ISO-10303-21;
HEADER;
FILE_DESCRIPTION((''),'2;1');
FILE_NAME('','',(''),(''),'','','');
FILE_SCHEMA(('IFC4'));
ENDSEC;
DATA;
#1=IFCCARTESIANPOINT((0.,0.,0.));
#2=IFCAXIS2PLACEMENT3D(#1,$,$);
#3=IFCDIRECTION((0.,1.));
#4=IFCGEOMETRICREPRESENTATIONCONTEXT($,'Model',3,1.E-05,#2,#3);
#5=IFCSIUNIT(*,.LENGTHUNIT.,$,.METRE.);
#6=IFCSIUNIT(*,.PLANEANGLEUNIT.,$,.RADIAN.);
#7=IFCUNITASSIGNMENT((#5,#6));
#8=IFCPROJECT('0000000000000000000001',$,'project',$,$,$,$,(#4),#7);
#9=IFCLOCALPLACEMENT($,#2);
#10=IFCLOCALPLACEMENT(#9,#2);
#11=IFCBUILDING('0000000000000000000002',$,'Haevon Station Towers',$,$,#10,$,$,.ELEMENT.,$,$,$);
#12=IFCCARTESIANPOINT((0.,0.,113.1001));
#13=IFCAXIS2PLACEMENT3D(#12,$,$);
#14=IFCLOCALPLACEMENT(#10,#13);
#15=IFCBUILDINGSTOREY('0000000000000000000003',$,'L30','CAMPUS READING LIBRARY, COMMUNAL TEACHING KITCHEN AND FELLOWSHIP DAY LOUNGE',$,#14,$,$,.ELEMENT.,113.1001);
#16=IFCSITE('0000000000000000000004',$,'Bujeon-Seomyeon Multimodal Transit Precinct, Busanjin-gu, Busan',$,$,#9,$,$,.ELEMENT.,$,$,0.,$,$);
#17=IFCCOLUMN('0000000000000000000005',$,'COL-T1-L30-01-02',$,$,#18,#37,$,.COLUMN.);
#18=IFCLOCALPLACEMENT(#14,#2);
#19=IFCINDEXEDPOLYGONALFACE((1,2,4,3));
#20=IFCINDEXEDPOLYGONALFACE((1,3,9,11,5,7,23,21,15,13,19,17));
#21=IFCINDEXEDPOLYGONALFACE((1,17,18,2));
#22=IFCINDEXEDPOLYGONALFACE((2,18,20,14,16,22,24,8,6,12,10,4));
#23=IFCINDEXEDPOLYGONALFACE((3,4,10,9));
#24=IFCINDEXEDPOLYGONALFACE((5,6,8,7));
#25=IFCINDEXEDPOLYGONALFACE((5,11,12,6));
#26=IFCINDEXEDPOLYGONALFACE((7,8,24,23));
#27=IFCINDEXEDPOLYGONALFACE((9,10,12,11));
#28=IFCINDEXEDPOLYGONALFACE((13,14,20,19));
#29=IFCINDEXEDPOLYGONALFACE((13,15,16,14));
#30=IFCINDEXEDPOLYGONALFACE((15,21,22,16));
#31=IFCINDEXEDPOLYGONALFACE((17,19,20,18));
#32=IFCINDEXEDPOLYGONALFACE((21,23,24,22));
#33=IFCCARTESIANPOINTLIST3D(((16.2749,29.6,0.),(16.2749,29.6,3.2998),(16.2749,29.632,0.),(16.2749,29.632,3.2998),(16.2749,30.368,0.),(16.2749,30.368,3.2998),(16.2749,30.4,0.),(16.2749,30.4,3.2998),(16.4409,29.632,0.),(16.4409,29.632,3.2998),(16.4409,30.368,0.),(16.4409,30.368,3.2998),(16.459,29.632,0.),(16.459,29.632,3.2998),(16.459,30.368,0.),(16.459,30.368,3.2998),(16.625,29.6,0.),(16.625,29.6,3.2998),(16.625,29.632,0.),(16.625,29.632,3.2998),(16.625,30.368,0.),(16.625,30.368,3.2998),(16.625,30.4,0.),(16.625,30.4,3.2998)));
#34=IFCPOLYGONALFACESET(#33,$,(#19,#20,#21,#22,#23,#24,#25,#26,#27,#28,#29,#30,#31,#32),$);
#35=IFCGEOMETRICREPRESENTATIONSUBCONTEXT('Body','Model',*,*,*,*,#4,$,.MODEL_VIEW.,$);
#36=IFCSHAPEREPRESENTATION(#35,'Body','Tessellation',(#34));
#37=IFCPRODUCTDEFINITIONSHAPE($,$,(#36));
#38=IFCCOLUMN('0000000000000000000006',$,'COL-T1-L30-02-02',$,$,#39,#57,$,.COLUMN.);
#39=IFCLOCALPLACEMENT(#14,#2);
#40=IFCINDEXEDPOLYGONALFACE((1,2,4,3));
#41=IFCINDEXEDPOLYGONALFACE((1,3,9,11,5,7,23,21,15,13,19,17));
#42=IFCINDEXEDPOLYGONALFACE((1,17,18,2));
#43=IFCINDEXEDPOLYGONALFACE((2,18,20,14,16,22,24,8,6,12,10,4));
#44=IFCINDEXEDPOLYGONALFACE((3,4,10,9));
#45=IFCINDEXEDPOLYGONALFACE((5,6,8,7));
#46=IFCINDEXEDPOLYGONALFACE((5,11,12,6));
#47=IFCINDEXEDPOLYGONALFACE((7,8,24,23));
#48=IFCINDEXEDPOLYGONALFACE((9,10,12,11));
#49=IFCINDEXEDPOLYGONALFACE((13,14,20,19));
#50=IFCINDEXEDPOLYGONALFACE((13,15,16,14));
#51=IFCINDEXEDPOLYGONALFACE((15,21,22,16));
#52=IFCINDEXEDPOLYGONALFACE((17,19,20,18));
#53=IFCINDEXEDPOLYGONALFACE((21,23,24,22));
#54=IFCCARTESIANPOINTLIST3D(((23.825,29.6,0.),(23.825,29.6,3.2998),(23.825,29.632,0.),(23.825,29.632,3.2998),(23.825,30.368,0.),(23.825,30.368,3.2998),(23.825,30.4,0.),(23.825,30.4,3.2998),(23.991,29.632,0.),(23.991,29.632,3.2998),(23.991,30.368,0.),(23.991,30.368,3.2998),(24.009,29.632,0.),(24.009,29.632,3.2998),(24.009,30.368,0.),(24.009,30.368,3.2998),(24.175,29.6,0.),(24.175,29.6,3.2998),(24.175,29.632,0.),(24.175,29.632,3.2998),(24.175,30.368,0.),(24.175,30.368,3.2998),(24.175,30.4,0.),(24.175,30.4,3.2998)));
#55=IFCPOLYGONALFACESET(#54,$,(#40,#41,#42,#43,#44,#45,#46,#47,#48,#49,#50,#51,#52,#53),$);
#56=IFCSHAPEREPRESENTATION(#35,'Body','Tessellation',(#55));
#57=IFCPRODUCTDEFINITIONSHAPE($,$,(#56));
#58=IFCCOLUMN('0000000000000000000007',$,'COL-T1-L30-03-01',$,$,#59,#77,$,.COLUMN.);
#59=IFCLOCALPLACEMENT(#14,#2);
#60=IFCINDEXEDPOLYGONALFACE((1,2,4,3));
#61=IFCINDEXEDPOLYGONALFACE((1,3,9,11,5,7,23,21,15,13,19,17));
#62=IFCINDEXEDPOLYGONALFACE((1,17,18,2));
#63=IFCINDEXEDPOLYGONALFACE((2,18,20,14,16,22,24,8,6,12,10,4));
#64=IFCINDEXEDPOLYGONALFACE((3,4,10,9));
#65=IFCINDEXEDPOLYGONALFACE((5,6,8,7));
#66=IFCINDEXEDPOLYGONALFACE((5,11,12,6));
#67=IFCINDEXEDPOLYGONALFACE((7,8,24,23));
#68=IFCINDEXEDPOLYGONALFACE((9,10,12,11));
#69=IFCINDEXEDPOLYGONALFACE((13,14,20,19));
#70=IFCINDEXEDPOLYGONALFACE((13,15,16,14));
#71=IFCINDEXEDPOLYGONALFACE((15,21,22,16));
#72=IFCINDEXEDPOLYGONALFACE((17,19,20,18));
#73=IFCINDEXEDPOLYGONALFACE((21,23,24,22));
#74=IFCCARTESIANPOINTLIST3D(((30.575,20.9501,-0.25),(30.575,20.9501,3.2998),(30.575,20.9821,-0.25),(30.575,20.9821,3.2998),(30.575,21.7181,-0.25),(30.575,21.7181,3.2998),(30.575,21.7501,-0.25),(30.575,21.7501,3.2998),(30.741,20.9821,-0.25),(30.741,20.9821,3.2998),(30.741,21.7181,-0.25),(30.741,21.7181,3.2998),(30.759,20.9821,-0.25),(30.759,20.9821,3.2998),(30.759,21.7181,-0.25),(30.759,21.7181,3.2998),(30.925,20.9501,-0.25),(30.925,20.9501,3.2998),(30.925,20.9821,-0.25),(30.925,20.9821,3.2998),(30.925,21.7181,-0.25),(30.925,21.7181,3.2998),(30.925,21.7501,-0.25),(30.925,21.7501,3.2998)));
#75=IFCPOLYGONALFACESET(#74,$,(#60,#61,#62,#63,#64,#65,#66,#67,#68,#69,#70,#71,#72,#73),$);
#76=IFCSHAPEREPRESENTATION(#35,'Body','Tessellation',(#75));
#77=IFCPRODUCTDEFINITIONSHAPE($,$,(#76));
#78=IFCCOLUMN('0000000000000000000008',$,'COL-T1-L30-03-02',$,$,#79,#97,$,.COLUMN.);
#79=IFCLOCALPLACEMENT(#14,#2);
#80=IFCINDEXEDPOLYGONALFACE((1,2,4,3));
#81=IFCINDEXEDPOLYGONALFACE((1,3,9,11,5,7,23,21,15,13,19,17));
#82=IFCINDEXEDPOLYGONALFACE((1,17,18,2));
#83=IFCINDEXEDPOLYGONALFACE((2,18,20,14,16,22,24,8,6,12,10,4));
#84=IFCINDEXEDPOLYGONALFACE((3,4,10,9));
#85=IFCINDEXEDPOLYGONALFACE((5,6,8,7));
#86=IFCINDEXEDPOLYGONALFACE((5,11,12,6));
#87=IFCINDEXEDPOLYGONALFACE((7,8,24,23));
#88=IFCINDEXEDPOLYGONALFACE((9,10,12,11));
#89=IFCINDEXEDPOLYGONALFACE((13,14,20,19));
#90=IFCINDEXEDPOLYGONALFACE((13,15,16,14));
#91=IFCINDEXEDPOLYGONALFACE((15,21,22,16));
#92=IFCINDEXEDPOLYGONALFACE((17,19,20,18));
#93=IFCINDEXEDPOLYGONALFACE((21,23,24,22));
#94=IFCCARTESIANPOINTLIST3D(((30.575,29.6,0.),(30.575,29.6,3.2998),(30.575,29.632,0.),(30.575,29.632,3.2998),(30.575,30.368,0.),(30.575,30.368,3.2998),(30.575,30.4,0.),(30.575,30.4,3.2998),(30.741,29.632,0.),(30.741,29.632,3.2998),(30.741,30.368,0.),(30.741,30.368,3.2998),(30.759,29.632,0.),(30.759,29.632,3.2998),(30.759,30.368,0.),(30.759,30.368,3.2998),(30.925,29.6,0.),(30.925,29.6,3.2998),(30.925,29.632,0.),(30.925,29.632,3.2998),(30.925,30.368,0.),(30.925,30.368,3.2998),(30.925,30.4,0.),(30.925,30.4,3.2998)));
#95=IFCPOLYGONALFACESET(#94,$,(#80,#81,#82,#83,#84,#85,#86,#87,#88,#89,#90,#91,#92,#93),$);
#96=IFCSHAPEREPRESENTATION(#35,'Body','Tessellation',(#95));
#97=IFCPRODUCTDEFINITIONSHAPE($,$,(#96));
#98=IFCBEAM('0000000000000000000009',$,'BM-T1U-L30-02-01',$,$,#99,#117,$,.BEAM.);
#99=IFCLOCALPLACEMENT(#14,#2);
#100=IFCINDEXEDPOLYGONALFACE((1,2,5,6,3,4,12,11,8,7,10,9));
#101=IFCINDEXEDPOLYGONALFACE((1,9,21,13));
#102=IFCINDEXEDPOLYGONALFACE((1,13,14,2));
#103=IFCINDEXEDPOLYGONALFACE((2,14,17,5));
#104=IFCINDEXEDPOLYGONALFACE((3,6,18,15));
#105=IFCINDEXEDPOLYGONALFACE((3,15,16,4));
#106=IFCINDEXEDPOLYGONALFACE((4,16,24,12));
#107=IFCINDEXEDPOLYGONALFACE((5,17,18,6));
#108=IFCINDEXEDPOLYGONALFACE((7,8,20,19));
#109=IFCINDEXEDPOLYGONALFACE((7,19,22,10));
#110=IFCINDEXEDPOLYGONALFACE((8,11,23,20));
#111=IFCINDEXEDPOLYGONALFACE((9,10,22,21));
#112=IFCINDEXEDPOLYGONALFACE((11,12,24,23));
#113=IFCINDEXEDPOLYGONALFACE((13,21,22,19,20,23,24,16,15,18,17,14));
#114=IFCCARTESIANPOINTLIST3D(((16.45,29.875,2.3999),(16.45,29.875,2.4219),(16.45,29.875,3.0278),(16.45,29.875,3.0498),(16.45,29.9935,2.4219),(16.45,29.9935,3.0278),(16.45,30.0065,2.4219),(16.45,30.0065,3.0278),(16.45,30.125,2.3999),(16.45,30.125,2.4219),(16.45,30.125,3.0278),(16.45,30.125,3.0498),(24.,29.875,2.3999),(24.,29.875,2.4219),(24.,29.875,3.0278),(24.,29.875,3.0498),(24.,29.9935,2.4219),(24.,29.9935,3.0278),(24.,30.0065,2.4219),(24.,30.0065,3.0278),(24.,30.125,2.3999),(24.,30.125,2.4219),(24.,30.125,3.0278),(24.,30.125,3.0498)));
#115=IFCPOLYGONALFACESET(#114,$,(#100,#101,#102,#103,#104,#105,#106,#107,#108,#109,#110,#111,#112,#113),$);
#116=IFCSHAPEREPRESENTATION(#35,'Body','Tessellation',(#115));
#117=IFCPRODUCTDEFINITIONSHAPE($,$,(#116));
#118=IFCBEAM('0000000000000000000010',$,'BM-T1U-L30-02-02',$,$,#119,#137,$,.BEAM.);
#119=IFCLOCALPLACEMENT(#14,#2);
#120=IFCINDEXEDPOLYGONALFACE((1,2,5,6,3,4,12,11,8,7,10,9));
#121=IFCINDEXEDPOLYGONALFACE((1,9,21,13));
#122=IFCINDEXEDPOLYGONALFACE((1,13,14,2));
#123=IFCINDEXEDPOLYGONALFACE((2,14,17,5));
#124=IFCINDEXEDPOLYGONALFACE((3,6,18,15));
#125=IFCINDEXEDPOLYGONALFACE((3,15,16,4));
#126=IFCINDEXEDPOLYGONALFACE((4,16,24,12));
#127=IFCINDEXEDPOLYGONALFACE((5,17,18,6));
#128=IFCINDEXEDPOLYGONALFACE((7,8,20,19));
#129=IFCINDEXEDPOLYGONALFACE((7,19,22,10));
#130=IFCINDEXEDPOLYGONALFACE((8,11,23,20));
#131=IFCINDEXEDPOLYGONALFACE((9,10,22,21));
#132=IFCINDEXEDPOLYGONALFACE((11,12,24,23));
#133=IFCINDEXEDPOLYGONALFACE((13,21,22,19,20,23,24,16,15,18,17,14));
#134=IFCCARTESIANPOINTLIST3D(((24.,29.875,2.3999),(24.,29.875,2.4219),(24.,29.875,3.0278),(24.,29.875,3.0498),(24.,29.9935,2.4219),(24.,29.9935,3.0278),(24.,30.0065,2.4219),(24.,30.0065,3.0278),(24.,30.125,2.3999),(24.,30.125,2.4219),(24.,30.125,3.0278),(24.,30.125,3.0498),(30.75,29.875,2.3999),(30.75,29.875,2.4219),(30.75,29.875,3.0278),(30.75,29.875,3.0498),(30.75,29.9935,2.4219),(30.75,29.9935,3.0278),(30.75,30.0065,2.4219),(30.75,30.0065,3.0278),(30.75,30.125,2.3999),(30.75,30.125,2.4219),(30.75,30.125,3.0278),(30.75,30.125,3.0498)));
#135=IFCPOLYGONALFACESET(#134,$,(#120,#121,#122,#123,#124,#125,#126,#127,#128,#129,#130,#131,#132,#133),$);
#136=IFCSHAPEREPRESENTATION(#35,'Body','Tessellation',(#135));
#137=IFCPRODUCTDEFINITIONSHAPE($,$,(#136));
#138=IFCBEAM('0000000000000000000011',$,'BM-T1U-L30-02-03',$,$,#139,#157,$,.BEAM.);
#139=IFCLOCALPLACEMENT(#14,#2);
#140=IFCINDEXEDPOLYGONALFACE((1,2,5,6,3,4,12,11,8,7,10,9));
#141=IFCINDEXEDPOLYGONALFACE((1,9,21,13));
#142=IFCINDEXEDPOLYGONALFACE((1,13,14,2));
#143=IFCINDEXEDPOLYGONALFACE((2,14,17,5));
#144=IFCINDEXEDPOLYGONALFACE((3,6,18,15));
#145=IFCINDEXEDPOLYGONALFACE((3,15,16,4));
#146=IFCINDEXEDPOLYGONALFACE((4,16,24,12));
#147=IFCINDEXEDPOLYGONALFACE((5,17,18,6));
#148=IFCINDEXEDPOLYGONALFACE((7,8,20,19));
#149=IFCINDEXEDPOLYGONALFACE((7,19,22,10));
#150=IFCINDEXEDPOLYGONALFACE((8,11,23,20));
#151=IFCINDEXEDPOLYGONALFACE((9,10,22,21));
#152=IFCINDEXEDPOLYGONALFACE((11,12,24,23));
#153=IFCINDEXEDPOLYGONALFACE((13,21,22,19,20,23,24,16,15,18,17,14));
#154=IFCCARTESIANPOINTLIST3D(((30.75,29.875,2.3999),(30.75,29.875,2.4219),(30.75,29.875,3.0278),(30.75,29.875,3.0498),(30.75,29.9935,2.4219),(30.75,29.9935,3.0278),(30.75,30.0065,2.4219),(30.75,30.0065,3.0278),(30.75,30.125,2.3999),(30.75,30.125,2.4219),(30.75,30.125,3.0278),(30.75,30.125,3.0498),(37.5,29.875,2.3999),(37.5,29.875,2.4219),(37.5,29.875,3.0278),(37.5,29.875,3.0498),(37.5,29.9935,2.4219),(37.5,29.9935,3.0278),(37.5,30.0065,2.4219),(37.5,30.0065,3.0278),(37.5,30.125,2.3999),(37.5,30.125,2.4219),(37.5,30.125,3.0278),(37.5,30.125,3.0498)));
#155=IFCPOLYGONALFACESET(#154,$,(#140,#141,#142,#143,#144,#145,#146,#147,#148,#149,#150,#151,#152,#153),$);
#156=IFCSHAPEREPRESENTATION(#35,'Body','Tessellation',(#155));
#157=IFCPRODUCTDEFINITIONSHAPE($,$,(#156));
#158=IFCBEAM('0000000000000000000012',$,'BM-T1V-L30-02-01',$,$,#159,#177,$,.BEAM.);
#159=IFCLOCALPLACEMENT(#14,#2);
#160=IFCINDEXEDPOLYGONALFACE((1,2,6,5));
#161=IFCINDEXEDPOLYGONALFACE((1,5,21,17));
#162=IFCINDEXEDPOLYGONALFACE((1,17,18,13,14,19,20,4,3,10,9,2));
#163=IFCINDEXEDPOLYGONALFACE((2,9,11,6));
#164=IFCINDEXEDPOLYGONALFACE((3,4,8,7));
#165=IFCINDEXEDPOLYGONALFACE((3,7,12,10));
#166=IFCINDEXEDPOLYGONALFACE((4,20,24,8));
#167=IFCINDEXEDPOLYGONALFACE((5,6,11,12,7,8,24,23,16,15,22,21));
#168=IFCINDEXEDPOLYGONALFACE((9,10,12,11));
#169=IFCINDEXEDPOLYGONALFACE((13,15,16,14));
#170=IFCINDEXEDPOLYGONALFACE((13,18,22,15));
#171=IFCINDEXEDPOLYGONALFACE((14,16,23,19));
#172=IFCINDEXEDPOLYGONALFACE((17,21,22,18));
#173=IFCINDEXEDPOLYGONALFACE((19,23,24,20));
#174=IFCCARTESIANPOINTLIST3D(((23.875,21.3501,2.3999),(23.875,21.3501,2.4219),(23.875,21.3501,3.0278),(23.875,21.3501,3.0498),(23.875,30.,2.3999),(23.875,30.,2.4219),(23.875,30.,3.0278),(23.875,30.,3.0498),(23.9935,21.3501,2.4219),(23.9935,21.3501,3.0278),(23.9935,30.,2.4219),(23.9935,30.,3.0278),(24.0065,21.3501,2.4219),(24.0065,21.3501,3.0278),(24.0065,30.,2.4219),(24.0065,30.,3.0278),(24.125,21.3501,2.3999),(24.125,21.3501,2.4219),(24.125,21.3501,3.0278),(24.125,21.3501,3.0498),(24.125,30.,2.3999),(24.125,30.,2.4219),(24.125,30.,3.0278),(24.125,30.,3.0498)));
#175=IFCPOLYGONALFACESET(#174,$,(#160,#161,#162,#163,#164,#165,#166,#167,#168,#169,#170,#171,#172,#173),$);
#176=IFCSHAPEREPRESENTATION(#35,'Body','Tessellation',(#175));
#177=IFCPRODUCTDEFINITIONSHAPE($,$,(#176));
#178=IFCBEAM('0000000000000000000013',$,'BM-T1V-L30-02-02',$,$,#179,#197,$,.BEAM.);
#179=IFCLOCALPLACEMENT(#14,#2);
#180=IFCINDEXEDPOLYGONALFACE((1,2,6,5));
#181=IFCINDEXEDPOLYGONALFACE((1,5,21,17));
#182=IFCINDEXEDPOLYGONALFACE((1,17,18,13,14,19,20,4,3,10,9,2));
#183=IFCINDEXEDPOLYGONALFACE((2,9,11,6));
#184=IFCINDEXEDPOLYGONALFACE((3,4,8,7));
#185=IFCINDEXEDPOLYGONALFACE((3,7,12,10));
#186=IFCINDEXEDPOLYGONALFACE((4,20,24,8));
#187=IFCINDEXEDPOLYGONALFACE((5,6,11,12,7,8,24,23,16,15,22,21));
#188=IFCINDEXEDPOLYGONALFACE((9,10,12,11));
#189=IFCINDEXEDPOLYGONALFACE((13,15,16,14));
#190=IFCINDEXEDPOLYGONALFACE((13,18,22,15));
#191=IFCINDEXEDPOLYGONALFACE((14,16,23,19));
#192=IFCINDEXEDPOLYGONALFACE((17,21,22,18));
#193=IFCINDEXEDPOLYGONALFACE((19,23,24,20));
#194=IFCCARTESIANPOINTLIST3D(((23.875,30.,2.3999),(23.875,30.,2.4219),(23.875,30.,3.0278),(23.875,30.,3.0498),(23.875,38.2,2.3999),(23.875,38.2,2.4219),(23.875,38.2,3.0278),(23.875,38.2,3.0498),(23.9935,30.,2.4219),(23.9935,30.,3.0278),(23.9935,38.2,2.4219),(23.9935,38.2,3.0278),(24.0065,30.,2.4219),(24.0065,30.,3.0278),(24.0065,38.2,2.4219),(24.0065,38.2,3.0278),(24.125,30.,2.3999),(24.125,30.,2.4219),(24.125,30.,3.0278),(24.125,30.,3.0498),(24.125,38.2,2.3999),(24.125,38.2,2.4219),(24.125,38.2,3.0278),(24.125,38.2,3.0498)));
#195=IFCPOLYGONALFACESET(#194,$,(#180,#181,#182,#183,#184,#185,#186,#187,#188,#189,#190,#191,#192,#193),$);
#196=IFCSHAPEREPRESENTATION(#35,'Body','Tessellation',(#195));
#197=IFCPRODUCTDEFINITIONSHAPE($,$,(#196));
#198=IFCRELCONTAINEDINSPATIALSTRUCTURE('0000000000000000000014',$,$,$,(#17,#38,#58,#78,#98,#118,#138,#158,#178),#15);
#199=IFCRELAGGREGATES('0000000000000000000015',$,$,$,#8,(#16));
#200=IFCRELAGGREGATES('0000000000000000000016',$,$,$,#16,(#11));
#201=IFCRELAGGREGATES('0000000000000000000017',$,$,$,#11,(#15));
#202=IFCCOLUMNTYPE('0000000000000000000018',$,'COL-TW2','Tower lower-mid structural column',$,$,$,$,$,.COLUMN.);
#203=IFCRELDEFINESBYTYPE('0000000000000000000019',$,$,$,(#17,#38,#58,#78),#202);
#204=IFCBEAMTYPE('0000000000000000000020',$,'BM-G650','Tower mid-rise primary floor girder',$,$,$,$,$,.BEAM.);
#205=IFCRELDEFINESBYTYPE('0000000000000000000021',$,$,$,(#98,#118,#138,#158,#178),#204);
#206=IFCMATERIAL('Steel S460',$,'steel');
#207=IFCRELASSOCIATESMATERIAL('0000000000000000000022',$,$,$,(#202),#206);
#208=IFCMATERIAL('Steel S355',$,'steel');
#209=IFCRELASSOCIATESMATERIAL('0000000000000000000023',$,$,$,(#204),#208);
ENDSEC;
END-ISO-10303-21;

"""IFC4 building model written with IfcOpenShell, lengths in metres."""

from ifc_helpers import new_model, si_unit, direction, frame, origin, origin_2d, place, context, subcontext, project, spatial, i_section, extrude, material, material_profile, profile_set, type_object, element, save


model = new_model("IFC4")

# Units and contexts
model_context = context("Model", 3, precision=1e-05, world=origin(), true_north=direction((0.0, 1.0)))
body_context = subcontext(model_context, "Body", "Model", "MODEL_VIEW")
ifc_project = project(units=[si_unit("LENGTHUNIT", "METRE"), si_unit("PLANEANGLEUNIT", "RADIAN")], contexts=[model_context])

# Site, building, storey
site_placement = place(None, origin())
site = spatial("IfcSite", under=ifc_project, at=site_placement, Name="Bujeon-Seomyeon Multimodal Transit Precinct, Busanjin-gu, Busan", CompositionType="ELEMENT", RefElevation=0.0)
building_placement = place(site_placement, origin())
building = spatial("IfcBuilding", under=site, at=building_placement, Name="Haevon Station Towers", CompositionType="ELEMENT")
storey_placement = place(building_placement, frame((0.0, 0.0, 113.1001)))
storey = spatial("IfcBuildingStorey", under=building, at=storey_placement, Name="L30", Description="CAMPUS READING LIBRARY, COMMUNAL TEACHING KITCHEN AND FELLOWSHIP DAY LOUNGE", CompositionType="ELEMENT", Elevation=113.1001)

# Columns
ifc_material_1 = material(Name="Steel S460", Category="steel")
ifc_material_profile_1 = material_profile(ifc_material_1, i_section(OverallWidth=0.3501, OverallDepth=0.8, WebThickness=0.0181, FlangeThickness=0.032, at=origin_2d()), Name="H-800x350x18x32")
ifc_profile_set_1 = profile_set([ifc_material_profile_1], Name="Steel S460")
column_type = type_object("IfcColumnType", Name="COL-TW2", Description="Tower lower-mid structural column", PredefinedType="COLUMN", material=ifc_profile_set_1)
for number, where, z_axis, x_axis, name in (
    (1, (16.45, 30.0, 0.0), (0.0, 0.0, 1.0), (1.0, 0.0, 0.0), "COL-T1-L30-01-02"),
    (2, (24.0, 30.0, 0.0), (0.0, 0.0, 1.0), (1.0, 0.0, 0.0), "COL-T1-L30-02-02"),
):
    element("IfcColumn", number, at=place(storey_placement, frame(where, z_axis=z_axis, x_axis=x_axis)), inside=storey, type_object=column_type, Name=name, PredefinedType="COLUMN", context=body_context, shape_type="SweptSolid", body=[
        extrude(i_section(OverallWidth=0.3501, OverallDepth=0.8, WebThickness=0.0181, FlangeThickness=0.032, at=origin_2d()), origin(), (0.0, 0.0, 1.0), 3.2998),
    ])
column_1_placement = place(storey_placement, frame((30.75, 21.3501, -0.25), z_axis=(0.0, 0.0, 1.0), x_axis=(1.0, 0.0, 0.0)))
element("IfcColumn", 3, at=column_1_placement, inside=storey, type_object=column_type, Name="COL-T1-L30-03-01", PredefinedType="COLUMN", context=body_context, shape_type="SweptSolid", body=[
    extrude(i_section(OverallWidth=0.3501, OverallDepth=0.8, WebThickness=0.0181, FlangeThickness=0.032, at=origin_2d()), origin(), (0.0, 0.0, 1.0), 3.5498),
])
column_2_placement = place(storey_placement, frame((30.75, 30.0, 0.0), z_axis=(0.0, 0.0, 1.0), x_axis=(1.0, 0.0, 0.0)))
element("IfcColumn", 4, at=column_2_placement, inside=storey, type_object=column_type, Name="COL-T1-L30-03-02", PredefinedType="COLUMN", context=body_context, shape_type="SweptSolid", body=[
    extrude(i_section(OverallWidth=0.3501, OverallDepth=0.8, WebThickness=0.0181, FlangeThickness=0.032, at=origin_2d()), origin(), (0.0, 0.0, 1.0), 3.2998),
])

# Beams
ifc_material_2 = material(Name="Steel S355", Category="steel")
ifc_material_profile_2 = material_profile(ifc_material_2, i_section(OverallWidth=0.25, OverallDepth=0.6499, WebThickness=0.0129, FlangeThickness=0.022, at=origin_2d()), Name="H-650x250x13x22")
ifc_profile_set_2 = profile_set([ifc_material_profile_2], Name="Steel S355")
beam_type_1 = type_object("IfcBeamType", Name="BM-G650", Description="Tower mid-rise primary floor girder", PredefinedType="BEAM", material=ifc_profile_set_2)
beam_1_placement = place(storey_placement, frame((16.45, 30.0, 2.7249), z_axis=(1.0, 0.0, 0.0), x_axis=(0.0, 1.0, 0.0)))
element("IfcBeam", 5, at=beam_1_placement, inside=storey, type_object=beam_type_1, Name="BM-T1U-L30-02-01", PredefinedType="BEAM", context=body_context, shape_type="SweptSolid", body=[
    extrude(i_section(OverallWidth=0.25, OverallDepth=0.6499, WebThickness=0.0129, FlangeThickness=0.022, at=origin_2d()), origin(), (0.0, 0.0, 1.0), 7.55),
])
for number, where, z_axis, x_axis, name in (
    (6, (24.0, 30.0, 2.7249), (1.0, 0.0, 0.0), (0.0, 1.0, 0.0), "BM-T1U-L30-02-02"),
    (7, (30.75, 30.0, 2.7249), (1.0, 0.0, 0.0), (0.0, 1.0, 0.0), "BM-T1U-L30-02-03"),
):
    element("IfcBeam", number, at=place(storey_placement, frame(where, z_axis=z_axis, x_axis=x_axis)), inside=storey, type_object=beam_type_1, Name=name, PredefinedType="BEAM", context=body_context, shape_type="SweptSolid", body=[
        extrude(i_section(OverallWidth=0.25, OverallDepth=0.6499, WebThickness=0.0129, FlangeThickness=0.022, at=origin_2d()), origin(), (0.0, 0.0, 1.0), 6.75),
    ])
beam_2_placement = place(storey_placement, frame((24.0, 21.3501, 2.7249), z_axis=(0.0, 1.0, 0.0), x_axis=(-1.0, 0.0, 0.0)))
element("IfcBeam", 8, at=beam_2_placement, inside=storey, type_object=beam_type_1, Name="BM-T1V-L30-02-01", PredefinedType="BEAM", context=body_context, shape_type="SweptSolid", body=[
    extrude(i_section(OverallWidth=0.25, OverallDepth=0.6499, WebThickness=0.0129, FlangeThickness=0.022, at=origin_2d()), origin(), (0.0, 0.0, 1.0), 8.6499),
])
beam_3_placement = place(storey_placement, frame((24.0, 30.0, 2.7249), z_axis=(0.0, 1.0, 0.0), x_axis=(-1.0, 0.0, 0.0)))
element("IfcBeam", 9, at=beam_3_placement, inside=storey, type_object=beam_type_1, Name="BM-T1V-L30-02-02", PredefinedType="BEAM", context=body_context, shape_type="SweptSolid", body=[
    extrude(i_section(OverallWidth=0.25, OverallDepth=0.6499, WebThickness=0.0129, FlangeThickness=0.022, at=origin_2d()), origin(), (0.0, 0.0, 1.0), 8.2),
])

save(model, "model.ifc")
